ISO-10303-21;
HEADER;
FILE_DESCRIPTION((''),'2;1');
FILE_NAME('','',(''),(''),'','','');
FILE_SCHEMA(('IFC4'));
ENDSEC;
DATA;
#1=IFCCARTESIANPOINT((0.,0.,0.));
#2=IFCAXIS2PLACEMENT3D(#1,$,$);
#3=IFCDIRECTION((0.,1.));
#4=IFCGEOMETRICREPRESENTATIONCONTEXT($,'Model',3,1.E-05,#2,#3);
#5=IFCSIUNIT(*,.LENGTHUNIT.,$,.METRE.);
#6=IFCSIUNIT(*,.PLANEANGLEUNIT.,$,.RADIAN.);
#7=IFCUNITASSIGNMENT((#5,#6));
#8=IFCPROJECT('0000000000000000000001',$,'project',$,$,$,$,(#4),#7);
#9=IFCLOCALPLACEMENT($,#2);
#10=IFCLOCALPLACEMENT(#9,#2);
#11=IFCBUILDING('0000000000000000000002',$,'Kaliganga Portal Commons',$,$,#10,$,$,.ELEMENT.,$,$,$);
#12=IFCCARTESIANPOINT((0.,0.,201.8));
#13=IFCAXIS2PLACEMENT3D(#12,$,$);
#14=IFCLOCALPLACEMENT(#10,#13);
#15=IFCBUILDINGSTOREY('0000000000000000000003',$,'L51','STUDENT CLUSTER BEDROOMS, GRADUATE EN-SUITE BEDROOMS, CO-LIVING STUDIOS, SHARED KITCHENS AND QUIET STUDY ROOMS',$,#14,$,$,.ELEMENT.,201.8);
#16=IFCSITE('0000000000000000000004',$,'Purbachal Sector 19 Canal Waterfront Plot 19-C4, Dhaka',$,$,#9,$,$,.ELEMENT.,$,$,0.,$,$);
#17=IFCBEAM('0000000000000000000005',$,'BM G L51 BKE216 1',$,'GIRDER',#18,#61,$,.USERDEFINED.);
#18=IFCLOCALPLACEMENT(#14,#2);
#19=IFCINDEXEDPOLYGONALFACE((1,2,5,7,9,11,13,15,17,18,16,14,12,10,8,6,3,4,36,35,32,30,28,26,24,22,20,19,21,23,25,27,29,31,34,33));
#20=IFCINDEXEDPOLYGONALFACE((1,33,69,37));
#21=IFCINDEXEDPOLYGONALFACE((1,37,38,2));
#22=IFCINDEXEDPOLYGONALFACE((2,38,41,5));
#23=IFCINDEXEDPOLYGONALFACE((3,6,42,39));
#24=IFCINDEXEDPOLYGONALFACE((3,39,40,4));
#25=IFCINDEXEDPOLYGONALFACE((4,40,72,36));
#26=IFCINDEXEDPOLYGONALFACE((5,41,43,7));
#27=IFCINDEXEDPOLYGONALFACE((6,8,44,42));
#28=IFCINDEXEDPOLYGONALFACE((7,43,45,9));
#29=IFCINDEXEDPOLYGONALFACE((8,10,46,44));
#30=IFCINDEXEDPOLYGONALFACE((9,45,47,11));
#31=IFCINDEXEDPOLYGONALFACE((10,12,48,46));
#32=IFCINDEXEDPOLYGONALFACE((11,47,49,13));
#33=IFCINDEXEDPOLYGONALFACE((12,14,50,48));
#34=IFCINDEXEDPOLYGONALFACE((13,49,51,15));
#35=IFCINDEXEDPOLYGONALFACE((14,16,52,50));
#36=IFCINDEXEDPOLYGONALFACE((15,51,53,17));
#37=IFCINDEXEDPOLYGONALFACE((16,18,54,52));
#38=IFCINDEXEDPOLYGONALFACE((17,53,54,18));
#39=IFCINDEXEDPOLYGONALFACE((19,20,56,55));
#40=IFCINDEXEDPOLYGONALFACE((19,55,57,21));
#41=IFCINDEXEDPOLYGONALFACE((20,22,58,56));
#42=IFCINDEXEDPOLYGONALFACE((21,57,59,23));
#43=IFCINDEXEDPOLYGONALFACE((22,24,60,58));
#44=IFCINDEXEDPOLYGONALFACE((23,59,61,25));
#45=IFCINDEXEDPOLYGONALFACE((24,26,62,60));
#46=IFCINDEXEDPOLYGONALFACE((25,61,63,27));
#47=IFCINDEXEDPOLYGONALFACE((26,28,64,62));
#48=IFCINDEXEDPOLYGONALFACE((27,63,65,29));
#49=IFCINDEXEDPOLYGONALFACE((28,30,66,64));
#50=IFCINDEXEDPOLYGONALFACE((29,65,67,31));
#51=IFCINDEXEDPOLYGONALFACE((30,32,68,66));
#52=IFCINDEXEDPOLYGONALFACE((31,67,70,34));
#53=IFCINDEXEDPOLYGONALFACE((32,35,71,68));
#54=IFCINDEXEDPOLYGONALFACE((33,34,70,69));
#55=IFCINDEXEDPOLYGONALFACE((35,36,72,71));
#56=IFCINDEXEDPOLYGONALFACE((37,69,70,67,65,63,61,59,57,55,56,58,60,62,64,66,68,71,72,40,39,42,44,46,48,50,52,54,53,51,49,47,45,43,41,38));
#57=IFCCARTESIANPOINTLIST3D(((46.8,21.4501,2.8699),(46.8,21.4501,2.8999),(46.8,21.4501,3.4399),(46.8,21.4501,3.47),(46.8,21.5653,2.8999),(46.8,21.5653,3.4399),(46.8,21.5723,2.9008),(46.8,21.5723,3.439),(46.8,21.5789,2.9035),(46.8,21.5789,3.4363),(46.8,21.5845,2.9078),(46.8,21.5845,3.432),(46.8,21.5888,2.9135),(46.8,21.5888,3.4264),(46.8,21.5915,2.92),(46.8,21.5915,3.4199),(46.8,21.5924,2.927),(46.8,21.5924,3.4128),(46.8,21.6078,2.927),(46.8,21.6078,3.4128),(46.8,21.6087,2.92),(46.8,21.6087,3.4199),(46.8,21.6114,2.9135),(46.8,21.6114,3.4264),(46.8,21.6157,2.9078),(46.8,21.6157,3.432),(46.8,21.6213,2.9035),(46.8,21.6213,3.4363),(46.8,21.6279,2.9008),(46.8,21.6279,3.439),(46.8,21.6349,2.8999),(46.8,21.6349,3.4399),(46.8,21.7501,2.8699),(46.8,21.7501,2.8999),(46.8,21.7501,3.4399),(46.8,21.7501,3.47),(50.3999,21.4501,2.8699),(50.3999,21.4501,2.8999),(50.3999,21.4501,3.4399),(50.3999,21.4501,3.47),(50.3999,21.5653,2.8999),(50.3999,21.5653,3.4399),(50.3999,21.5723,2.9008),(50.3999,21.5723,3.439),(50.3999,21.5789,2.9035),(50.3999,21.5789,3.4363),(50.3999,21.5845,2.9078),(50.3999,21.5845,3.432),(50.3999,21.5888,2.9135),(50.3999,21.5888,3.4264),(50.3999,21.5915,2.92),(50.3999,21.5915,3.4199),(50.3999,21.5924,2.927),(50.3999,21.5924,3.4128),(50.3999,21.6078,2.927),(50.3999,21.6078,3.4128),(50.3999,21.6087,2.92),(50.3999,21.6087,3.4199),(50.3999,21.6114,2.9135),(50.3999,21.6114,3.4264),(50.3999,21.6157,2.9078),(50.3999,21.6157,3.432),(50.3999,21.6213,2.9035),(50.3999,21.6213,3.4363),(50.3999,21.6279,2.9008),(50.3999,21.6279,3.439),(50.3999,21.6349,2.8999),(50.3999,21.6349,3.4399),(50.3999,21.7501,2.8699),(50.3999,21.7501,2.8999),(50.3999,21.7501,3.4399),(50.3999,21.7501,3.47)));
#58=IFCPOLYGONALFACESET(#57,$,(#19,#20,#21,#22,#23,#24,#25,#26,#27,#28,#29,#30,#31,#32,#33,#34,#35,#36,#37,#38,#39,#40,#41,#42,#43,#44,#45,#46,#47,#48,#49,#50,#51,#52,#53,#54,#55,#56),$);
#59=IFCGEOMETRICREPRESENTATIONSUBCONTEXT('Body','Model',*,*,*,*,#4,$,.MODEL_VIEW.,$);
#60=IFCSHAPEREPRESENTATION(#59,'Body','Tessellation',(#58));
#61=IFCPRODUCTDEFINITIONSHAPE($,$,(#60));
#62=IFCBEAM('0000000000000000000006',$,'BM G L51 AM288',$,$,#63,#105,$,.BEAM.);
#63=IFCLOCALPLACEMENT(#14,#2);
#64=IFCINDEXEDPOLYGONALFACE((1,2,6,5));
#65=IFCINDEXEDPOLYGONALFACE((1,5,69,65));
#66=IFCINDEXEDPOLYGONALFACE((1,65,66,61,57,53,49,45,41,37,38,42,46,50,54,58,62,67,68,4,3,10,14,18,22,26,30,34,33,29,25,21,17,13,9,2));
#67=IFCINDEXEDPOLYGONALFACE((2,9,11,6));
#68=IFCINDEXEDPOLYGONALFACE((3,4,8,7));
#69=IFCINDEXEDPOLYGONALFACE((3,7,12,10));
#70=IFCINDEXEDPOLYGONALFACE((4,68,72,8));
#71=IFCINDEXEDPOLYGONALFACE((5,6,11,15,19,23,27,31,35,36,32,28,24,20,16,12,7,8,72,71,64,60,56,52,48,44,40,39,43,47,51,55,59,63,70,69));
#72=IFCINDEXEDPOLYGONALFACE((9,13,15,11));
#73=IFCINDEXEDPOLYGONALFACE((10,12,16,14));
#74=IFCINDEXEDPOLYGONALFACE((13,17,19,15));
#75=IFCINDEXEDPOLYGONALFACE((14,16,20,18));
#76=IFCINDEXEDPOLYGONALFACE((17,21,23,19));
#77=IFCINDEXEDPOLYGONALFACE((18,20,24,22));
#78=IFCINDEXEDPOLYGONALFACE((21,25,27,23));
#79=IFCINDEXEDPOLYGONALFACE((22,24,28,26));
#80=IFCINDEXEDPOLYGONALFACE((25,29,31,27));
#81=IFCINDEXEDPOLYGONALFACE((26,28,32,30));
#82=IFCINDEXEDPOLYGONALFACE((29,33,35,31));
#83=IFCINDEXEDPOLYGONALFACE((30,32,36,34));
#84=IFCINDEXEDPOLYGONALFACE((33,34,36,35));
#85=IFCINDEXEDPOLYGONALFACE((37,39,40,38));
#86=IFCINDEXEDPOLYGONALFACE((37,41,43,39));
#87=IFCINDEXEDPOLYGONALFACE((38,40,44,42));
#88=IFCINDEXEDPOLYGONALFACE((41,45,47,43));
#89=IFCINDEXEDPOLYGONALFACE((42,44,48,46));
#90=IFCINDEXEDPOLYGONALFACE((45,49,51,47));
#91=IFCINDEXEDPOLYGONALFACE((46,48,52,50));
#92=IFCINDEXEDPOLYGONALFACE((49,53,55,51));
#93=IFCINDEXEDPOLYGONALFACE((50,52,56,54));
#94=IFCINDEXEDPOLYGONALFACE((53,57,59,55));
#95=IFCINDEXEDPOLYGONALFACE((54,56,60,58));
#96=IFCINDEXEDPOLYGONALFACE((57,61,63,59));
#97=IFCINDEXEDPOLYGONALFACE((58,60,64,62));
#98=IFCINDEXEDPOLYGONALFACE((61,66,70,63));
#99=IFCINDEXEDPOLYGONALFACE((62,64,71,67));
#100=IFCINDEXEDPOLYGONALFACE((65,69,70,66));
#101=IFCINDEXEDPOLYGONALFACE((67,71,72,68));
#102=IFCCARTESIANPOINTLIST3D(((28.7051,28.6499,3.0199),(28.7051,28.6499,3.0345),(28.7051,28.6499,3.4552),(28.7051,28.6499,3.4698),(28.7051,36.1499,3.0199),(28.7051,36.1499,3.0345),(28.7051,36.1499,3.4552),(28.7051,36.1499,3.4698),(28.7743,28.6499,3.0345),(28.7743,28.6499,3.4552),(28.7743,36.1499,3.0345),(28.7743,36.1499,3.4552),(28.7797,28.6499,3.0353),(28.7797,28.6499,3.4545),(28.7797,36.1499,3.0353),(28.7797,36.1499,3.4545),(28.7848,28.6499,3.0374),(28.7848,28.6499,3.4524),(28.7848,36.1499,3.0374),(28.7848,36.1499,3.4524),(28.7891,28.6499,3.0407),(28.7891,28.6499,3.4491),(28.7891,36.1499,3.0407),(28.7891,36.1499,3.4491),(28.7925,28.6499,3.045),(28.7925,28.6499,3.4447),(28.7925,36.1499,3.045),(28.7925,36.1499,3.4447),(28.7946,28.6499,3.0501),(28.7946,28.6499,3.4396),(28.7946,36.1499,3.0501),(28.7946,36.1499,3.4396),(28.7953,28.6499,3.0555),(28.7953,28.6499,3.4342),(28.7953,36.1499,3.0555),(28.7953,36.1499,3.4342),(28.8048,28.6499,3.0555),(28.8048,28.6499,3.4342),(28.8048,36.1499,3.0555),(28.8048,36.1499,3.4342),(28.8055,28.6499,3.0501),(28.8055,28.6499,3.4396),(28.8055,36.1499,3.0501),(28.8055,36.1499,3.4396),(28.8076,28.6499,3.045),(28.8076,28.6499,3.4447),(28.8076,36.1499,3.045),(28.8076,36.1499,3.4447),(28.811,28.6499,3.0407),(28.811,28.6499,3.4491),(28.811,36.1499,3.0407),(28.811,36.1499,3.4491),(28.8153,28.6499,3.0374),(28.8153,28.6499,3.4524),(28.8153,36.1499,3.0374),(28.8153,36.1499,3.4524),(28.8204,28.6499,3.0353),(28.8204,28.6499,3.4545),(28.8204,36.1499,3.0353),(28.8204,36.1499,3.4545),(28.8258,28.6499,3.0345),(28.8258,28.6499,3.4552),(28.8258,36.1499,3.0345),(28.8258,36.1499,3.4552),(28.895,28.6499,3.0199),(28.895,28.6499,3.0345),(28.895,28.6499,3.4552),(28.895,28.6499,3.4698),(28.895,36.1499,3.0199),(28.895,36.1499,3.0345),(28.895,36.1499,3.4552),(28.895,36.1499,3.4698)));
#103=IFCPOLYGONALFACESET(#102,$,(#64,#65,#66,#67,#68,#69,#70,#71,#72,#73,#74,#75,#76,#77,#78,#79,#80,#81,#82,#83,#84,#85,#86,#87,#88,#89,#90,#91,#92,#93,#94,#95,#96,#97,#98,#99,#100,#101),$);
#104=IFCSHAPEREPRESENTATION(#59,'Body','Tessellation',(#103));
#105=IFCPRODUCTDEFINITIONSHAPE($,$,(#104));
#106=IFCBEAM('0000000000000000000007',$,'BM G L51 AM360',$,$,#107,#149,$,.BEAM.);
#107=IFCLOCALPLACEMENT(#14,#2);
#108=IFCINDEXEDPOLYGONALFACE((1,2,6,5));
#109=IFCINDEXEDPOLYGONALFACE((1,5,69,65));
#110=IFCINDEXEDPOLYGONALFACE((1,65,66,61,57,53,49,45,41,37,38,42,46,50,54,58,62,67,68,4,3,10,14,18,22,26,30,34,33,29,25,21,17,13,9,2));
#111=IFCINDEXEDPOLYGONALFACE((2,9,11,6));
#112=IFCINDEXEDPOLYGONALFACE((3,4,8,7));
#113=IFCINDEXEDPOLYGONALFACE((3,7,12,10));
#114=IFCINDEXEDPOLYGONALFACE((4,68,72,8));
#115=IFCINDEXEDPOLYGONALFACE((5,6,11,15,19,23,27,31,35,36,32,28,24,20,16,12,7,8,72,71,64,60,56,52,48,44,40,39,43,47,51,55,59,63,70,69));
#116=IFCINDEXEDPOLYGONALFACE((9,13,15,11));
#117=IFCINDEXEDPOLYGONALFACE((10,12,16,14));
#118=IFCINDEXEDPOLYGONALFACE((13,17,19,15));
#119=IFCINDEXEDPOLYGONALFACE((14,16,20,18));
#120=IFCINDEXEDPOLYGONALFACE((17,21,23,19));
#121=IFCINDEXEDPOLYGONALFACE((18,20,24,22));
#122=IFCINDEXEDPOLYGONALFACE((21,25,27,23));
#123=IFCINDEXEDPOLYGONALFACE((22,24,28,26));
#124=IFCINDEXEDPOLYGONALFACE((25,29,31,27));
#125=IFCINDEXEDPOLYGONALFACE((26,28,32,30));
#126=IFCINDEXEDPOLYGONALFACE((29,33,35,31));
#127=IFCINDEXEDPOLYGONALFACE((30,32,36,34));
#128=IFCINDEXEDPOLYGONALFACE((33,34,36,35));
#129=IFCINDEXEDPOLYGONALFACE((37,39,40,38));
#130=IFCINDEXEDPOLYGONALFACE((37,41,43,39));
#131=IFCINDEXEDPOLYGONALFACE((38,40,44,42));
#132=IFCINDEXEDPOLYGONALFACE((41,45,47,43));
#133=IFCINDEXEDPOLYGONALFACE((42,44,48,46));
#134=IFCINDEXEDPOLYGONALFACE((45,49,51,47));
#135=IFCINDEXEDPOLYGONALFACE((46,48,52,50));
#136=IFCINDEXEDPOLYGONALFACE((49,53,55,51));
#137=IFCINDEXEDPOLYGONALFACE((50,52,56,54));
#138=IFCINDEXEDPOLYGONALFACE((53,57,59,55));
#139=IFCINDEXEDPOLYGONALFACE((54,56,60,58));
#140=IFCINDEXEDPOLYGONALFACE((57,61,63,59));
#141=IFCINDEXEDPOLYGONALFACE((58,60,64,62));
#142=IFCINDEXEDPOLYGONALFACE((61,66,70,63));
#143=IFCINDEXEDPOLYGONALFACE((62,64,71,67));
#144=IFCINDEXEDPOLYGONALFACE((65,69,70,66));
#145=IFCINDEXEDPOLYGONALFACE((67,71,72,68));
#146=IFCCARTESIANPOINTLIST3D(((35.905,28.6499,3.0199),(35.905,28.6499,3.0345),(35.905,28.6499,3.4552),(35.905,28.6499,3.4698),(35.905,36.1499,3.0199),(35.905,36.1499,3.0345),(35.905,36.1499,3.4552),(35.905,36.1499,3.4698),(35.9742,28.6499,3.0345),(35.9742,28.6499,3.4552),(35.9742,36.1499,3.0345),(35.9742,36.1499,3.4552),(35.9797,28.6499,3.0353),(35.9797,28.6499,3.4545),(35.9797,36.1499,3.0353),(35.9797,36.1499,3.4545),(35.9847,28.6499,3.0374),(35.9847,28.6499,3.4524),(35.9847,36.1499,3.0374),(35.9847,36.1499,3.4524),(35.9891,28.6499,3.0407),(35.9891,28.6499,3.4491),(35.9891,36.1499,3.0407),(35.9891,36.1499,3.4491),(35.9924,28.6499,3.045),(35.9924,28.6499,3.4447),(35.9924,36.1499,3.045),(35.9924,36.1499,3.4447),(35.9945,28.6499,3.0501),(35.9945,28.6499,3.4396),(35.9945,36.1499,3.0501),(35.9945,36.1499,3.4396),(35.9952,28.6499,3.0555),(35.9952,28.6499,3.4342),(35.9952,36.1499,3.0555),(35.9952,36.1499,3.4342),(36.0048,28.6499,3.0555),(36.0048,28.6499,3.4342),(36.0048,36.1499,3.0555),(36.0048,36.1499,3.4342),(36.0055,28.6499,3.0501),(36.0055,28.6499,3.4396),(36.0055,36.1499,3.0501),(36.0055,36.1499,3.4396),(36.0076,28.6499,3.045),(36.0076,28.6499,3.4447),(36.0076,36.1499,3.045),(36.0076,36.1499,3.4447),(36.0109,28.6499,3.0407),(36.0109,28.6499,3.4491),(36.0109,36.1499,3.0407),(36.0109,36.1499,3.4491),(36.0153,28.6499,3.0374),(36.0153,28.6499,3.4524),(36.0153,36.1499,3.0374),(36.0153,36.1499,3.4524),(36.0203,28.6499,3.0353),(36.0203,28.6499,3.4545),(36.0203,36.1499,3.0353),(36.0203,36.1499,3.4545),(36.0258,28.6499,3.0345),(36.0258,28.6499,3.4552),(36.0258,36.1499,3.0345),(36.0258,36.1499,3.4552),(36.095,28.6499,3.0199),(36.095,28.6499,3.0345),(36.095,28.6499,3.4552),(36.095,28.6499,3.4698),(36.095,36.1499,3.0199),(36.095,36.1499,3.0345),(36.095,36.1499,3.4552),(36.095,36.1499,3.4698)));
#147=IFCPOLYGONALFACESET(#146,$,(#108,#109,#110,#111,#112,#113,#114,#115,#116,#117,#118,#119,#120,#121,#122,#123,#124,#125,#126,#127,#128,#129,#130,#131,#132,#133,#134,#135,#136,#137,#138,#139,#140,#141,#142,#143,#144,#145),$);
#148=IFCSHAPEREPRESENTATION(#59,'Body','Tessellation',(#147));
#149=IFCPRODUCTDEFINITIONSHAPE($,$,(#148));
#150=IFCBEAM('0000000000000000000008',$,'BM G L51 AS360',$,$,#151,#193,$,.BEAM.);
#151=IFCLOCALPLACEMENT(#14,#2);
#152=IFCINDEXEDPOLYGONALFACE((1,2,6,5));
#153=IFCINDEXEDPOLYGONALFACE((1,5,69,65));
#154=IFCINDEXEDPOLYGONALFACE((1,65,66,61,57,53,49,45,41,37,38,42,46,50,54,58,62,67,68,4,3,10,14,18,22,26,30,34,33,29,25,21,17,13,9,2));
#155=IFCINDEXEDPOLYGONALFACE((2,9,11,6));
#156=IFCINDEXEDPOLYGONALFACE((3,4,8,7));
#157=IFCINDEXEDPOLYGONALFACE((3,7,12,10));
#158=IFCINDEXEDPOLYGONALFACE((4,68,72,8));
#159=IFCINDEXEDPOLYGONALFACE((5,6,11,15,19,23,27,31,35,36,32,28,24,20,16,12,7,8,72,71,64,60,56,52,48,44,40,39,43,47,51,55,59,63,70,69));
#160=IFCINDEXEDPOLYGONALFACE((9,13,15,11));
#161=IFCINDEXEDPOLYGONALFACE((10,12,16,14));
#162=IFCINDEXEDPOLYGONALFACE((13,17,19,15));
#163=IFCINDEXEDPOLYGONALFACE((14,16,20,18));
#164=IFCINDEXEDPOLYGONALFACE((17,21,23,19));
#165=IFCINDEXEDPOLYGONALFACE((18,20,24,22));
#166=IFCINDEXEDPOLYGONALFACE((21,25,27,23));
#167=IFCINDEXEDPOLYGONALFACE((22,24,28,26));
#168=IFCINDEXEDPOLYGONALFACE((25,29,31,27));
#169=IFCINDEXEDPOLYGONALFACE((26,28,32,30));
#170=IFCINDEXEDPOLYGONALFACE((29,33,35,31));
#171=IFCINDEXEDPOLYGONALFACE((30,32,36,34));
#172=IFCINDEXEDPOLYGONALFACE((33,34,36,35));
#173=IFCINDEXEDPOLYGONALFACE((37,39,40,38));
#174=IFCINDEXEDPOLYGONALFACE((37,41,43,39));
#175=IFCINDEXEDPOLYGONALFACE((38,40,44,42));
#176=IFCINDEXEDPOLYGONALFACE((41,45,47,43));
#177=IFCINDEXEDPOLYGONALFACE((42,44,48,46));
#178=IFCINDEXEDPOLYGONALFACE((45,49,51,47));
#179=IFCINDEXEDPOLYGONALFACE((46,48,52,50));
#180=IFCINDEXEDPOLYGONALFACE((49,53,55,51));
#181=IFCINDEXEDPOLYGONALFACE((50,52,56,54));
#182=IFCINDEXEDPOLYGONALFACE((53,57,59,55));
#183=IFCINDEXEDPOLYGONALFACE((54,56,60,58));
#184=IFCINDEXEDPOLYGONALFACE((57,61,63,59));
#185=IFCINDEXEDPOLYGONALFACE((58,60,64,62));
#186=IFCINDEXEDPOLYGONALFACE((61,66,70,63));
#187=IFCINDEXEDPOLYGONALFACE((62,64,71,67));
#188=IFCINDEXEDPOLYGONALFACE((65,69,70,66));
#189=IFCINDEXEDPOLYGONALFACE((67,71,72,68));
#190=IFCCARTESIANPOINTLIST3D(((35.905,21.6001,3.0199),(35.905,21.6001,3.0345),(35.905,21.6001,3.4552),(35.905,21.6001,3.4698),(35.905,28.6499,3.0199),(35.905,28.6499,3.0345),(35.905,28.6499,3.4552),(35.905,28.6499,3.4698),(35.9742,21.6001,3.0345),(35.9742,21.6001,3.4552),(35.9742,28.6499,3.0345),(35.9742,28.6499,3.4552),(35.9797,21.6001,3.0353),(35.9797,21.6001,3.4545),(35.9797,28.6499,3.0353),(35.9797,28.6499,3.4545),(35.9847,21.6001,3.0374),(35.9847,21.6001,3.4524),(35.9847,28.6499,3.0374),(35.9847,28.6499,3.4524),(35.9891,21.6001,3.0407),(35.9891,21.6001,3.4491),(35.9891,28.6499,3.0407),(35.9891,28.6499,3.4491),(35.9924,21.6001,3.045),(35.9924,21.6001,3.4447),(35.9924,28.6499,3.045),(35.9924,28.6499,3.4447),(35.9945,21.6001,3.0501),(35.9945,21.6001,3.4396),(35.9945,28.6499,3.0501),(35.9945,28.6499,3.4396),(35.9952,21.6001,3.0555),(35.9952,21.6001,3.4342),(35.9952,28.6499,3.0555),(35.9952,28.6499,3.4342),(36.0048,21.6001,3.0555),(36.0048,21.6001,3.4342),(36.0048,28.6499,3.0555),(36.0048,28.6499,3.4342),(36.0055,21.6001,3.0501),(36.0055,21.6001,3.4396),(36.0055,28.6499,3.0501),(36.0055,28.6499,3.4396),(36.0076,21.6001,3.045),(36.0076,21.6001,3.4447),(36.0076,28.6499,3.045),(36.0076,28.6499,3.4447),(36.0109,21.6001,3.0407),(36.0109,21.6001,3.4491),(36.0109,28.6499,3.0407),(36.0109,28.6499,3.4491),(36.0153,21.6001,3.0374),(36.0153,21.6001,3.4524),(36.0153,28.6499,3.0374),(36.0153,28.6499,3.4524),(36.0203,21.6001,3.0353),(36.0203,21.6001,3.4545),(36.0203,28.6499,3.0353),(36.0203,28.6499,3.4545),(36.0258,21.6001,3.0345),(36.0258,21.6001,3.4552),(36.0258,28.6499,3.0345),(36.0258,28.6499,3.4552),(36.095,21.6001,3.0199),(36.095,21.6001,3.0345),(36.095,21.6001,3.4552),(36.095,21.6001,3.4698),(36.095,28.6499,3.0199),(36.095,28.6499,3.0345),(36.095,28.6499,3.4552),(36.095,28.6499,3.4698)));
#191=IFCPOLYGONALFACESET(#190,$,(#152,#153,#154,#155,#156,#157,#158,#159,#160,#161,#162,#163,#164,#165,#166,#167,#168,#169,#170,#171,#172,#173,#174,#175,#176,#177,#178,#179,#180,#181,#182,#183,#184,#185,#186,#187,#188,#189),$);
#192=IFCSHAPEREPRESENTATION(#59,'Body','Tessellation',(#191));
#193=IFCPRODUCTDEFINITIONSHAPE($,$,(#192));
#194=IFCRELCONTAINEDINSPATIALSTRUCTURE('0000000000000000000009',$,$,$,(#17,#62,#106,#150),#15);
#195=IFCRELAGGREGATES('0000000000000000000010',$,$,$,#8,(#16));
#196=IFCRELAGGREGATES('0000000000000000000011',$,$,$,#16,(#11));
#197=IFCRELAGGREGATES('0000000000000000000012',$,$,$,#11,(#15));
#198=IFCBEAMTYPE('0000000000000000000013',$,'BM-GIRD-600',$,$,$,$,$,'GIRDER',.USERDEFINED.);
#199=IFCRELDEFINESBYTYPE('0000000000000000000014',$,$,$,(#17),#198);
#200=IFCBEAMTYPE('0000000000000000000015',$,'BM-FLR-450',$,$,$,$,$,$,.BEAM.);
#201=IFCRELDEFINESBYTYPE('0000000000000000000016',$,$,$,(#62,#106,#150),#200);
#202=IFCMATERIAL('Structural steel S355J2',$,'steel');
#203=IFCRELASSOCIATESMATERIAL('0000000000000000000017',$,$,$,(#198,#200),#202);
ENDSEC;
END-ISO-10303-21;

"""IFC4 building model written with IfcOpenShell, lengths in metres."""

from ifc_helpers import new_model, si_unit, direction, frame, origin, origin_2d, place, context, subcontext, project, spatial, i_section, extrude, source, transform, mapped, material, material_profile, profile_set, type_object, element, save


model = new_model("IFC4")

# Units and contexts
model_context = context("Model", 3, precision=1e-05, world=origin(), true_north=direction((0.0, 1.0)))
body_context = subcontext(model_context, "Body", "Model", "MODEL_VIEW")
ifc_project = project(units=[si_unit("LENGTHUNIT", "METRE"), si_unit("PLANEANGLEUNIT", "RADIAN")], contexts=[model_context])

# Site, building, storey
site_placement = place(None, origin())
site = spatial("IfcSite", under=ifc_project, at=site_placement, Name="Purbachal Sector 19 Canal Waterfront Plot 19-C4, Dhaka", CompositionType="ELEMENT", RefElevation=0.0)
building_placement = place(site_placement, origin())
building = spatial("IfcBuilding", under=site, at=building_placement, Name="Kaliganga Portal Commons", CompositionType="ELEMENT")
storey_placement = place(building_placement, frame((0.0, 0.0, 201.8)))
storey = spatial("IfcBuildingStorey", under=building, at=storey_placement, Name="L51", Description="STUDENT CLUSTER BEDROOMS, GRADUATE EN-SUITE BEDROOMS, CO-LIVING STUDIOS, SHARED KITCHENS AND QUIET STUDY ROOMS", CompositionType="ELEMENT", Elevation=201.8)

# Beams
ifc_material_1 = material(Name="Structural steel S355J2", Category="steel")
ifc_material_profile_1 = material_profile(ifc_material_1, i_section(OverallWidth=0.3, OverallDepth=0.6001, WebThickness=0.0154, FlangeThickness=0.03, FilletRadius=0.0271, at=origin_2d()), Name="HE 600 B")
ifc_profile_set_1 = profile_set([ifc_material_profile_1], Name="Structural steel S355J2 wide-flange")
beam_type_1 = type_object("IfcBeamType", Name="BM-GIRD-600", ElementType="GIRDER", PredefinedType="USERDEFINED", material=ifc_profile_set_1)
shared_shape_1 = source(origin(), body_context, "Body", "SweptSolid", [
    extrude(i_section(OverallWidth=0.3, OverallDepth=0.6001, WebThickness=0.0154, FlangeThickness=0.03, FilletRadius=0.0271, at=origin_2d()), origin(), (0.0, 0.0, 1.0), 3.5999),
])
beam_1_placement = place(storey_placement, frame((46.8, 21.6001, 3.1699), z_axis=(1.0, 0.0, 0.0), x_axis=(0.0, 1.0, 0.0)))
element("IfcBeam", 1, at=beam_1_placement, inside=storey, type_object=beam_type_1, Name="BM G L51 BKE216 1", ObjectType="GIRDER", PredefinedType="USERDEFINED", context=body_context, shape_type="MappedRepresentation", body=[
    mapped(shared_shape_1, transform((0.0, 0.0, 0.0), x_axis=(1.0, 0.0, 0.0), y_axis=(0.0, 1.0, 0.0), z_axis=(0.0, 0.0, 1.0), scale=1.0)),
])
ifc_material_profile_2 = material_profile(ifc_material_1, i_section(OverallWidth=0.1899, OverallDepth=0.45, WebThickness=0.0095, FlangeThickness=0.0146, FilletRadius=0.021, at=origin_2d()), Name="IPE 450")
ifc_profile_set_2 = profile_set([ifc_material_profile_2], Name="Structural steel S355J2 wide-flange")
beam_type_2 = type_object("IfcBeamType", Name="BM-FLR-450", PredefinedType="BEAM", material=ifc_profile_set_2)
shared_shape_2 = source(origin(), body_context, "Body", "SweptSolid", [
    extrude(i_section(OverallWidth=0.1899, OverallDepth=0.45, WebThickness=0.0095, FlangeThickness=0.0146, FilletRadius=0.021, at=origin_2d()), origin(), (0.0, 0.0, 1.0), 7.5),
])
for number, where, z_axis, x_axis, name in (
    (2, (28.8, 28.6499, 3.2449), (0.0, 1.0, 0.0), (-1.0, 0.0, 0.0), "BM G L51 AM288"),
    (3, (36.0, 28.6499, 3.2449), (0.0, 1.0, 0.0), (-1.0, 0.0, 0.0), "BM G L51 AM360"),
):
    element("IfcBeam", number, at=place(storey_placement, frame(where, z_axis=z_axis, x_axis=x_axis)), inside=storey, type_object=beam_type_2, Name=name, PredefinedType="BEAM", context=body_context, shape_type="MappedRepresentation", body=[
        mapped(shared_shape_2, transform((0.0, 0.0, 0.0), x_axis=(1.0, 0.0, 0.0), y_axis=(0.0, 1.0, 0.0), z_axis=(0.0, 0.0, 1.0), scale=1.0)),
    ])
shared_shape_3 = source(origin(), body_context, "Body", "SweptSolid", [
    extrude(i_section(OverallWidth=0.1899, OverallDepth=0.45, WebThickness=0.0095, FlangeThickness=0.0146, FilletRadius=0.021, at=origin_2d()), origin(), (0.0, 0.0, 1.0), 7.0498),
])
for number, where, z_axis, x_axis, name in (
    (4, (36.0, 21.6001, 3.2449), (0.0, 1.0, 0.0), (-1.0, 0.0, 0.0), "BM G L51 AS360"),
):
    element("IfcBeam", number, at=place(storey_placement, frame(where, z_axis=z_axis, x_axis=x_axis)), inside=storey, type_object=beam_type_2, Name=name, PredefinedType="BEAM", context=body_context, shape_type="MappedRepresentation", body=[
        mapped(shared_shape_3, transform((0.0, 0.0, 0.0), x_axis=(1.0, 0.0, 0.0), y_axis=(0.0, 1.0, 0.0), z_axis=(0.0, 0.0, 1.0), scale=1.0)),
    ])

save(model, "model.ifc")
